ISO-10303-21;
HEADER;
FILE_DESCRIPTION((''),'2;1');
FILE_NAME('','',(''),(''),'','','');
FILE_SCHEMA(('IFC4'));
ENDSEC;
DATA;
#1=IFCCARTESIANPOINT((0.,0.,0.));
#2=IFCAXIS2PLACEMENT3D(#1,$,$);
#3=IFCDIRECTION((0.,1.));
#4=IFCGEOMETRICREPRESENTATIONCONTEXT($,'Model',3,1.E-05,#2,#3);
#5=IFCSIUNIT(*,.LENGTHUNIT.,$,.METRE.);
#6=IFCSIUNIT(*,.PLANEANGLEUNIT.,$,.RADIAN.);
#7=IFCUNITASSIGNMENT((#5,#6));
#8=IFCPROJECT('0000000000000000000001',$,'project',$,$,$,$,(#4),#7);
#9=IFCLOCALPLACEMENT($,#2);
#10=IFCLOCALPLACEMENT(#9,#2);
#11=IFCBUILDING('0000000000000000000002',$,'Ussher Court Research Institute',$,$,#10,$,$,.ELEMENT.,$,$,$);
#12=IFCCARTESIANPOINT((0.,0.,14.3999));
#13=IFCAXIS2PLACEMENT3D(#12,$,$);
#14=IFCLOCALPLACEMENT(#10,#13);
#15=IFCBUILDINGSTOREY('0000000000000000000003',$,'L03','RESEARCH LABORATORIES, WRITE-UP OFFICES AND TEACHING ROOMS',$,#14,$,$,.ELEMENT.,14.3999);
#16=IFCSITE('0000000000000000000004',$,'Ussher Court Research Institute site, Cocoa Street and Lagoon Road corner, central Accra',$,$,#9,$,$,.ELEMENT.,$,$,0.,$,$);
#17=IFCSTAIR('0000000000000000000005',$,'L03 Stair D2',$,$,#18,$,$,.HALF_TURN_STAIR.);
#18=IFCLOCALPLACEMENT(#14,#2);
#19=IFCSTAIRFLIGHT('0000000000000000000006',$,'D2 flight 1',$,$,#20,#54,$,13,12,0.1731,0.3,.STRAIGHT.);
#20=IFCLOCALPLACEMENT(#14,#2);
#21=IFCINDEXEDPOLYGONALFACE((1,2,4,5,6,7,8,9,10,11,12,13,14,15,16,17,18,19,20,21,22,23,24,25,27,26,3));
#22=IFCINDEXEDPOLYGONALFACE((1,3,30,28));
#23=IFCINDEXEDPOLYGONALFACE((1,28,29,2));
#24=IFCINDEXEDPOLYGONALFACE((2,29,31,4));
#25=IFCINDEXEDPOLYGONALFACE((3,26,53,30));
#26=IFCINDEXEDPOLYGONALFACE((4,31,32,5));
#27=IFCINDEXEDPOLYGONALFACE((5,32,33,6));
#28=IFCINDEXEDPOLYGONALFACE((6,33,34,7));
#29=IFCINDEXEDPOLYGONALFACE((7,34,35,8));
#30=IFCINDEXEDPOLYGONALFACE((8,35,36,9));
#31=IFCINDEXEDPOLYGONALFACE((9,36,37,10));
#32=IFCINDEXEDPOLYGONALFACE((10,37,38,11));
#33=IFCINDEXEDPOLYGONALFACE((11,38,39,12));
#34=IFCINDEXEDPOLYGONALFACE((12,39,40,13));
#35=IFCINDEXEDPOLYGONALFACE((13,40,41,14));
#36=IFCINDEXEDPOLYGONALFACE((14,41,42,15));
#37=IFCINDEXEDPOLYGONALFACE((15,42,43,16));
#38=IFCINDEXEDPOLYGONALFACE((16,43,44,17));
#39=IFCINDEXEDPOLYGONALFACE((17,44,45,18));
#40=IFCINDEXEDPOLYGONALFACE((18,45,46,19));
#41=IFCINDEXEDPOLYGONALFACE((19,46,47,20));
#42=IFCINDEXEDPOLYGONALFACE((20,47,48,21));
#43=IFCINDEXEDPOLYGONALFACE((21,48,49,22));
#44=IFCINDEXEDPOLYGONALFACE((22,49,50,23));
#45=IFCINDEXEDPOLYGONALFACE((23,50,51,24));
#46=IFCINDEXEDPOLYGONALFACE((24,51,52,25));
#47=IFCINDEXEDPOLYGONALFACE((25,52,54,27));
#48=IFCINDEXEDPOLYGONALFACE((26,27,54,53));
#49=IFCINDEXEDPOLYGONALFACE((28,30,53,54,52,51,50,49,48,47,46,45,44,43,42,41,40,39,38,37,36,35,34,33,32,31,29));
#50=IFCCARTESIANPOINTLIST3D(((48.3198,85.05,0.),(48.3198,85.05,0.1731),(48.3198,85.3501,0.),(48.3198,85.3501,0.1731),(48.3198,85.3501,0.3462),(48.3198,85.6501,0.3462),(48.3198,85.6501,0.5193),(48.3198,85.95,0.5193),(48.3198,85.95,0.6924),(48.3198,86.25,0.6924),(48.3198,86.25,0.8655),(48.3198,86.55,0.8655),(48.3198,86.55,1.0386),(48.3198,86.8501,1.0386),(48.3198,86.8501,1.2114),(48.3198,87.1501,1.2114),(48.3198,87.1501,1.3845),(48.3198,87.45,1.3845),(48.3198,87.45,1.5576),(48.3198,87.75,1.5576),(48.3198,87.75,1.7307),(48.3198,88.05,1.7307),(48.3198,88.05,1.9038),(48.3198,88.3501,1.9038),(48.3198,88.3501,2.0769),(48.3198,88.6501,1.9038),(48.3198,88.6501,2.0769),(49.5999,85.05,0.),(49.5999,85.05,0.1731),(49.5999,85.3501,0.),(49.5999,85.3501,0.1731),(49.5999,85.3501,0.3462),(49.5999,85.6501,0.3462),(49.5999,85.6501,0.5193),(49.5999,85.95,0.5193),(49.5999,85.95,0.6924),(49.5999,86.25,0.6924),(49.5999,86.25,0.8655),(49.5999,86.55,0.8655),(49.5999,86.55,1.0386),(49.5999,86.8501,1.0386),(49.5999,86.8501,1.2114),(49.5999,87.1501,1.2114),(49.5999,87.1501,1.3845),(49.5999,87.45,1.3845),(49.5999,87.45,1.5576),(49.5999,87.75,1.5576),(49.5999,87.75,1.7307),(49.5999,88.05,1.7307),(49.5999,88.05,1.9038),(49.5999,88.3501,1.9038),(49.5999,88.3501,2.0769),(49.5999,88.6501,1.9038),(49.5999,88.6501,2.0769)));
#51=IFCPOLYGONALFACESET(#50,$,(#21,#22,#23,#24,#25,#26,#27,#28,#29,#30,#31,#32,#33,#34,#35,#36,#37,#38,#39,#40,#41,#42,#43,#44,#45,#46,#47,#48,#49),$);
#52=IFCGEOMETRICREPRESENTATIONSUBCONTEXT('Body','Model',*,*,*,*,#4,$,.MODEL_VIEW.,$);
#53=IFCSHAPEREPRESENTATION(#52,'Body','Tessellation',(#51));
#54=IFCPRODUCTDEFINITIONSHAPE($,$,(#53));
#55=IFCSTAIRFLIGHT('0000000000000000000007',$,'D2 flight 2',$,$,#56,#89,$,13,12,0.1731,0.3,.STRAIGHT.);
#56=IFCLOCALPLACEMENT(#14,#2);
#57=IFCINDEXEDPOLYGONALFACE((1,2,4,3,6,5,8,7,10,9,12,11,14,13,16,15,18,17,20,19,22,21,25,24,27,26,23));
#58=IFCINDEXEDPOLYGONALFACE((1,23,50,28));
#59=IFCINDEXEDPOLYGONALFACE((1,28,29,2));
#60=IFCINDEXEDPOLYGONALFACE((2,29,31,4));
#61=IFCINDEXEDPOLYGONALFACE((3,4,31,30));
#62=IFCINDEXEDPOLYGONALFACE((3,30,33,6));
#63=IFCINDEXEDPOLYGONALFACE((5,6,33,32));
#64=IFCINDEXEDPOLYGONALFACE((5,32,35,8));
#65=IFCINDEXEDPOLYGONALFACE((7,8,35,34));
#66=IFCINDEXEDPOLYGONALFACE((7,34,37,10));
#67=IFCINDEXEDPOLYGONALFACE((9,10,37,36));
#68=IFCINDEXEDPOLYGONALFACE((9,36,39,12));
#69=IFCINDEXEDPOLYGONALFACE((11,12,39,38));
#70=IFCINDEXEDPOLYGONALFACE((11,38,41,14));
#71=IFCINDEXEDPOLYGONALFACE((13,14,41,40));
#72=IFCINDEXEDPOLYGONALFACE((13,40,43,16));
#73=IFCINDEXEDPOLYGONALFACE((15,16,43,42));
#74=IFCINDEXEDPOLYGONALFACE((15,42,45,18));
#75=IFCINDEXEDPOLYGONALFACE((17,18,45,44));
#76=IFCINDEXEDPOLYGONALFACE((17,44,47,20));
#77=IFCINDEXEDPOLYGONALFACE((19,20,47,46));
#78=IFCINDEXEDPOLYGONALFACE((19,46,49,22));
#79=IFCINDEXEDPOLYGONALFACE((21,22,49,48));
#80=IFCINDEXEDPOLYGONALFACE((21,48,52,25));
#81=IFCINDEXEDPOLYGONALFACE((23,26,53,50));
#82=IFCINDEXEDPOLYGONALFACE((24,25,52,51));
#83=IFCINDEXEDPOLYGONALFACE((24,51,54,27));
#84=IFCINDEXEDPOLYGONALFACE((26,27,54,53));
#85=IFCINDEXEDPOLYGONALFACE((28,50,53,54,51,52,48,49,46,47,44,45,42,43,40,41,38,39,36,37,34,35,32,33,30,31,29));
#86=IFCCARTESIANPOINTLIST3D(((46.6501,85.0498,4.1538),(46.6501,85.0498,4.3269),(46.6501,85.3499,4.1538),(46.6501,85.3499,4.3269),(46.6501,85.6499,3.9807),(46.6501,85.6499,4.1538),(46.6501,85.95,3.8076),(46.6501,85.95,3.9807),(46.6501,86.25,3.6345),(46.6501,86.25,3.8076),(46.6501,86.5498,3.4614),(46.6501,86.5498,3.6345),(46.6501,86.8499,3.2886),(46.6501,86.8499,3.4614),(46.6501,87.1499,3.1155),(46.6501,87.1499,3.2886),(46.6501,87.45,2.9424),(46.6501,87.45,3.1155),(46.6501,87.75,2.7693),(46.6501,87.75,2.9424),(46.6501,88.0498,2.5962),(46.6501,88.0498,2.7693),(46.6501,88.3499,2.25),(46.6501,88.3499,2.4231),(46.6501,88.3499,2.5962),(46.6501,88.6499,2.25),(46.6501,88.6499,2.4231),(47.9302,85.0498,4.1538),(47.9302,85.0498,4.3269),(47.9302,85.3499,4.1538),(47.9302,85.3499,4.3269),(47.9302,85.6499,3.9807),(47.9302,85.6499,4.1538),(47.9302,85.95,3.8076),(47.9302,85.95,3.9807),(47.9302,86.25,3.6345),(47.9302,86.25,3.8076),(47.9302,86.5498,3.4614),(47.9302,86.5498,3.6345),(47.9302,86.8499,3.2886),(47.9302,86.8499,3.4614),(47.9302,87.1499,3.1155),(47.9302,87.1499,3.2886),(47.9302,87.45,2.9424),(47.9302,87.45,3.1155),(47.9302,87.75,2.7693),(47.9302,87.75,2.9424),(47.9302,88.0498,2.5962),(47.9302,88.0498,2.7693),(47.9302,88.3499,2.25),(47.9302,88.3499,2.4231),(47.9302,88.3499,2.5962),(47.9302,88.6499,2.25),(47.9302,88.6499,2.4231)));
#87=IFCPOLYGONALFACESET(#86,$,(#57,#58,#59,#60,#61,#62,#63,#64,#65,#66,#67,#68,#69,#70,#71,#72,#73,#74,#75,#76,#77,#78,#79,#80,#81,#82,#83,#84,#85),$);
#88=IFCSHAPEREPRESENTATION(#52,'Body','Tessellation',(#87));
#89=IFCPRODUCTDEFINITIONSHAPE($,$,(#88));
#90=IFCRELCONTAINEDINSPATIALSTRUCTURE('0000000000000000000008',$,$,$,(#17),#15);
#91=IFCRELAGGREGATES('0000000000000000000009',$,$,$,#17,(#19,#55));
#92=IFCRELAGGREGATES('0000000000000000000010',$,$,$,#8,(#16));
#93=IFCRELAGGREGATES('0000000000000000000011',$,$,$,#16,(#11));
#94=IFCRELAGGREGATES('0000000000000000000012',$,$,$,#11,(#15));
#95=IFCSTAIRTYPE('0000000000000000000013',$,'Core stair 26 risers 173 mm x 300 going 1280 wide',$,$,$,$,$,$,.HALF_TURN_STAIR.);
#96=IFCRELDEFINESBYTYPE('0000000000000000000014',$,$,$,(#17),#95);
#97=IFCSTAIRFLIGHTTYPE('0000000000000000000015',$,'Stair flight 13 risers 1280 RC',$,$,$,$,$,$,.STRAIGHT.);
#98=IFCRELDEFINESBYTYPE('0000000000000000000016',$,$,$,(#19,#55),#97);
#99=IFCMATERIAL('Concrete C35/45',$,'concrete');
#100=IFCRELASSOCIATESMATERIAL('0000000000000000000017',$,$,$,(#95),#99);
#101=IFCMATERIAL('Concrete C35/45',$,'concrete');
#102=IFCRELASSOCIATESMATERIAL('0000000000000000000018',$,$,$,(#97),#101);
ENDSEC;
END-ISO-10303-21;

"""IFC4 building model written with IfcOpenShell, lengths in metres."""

from ifc_helpers import new_model, si_unit, direction, frame, origin, place, context, subcontext, project, spatial, polyline, outline, extrude, material, type_object, element, aggregate, save


model = new_model("IFC4")

# Units and contexts
model_context = context("Model", 3, precision=1e-05, world=origin(), true_north=direction((0.0, 1.0)))
body_context = subcontext(model_context, "Body", "Model", "MODEL_VIEW")
ifc_project = project(units=[si_unit("LENGTHUNIT", "METRE"), si_unit("PLANEANGLEUNIT", "RADIAN")], contexts=[model_context])

# Site, building, storey
site_placement = place(None, origin())
site = spatial("IfcSite", under=ifc_project, at=site_placement, Name="Ussher Court Research Institute site, Cocoa Street and Lagoon Road corner, central Accra", CompositionType="ELEMENT", RefElevation=0.0)
building_placement = place(site_placement, origin())
building = spatial("IfcBuilding", under=site, at=building_placement, Name="Ussher Court Research Institute", CompositionType="ELEMENT")
storey_placement = place(building_placement, frame((0.0, 0.0, 14.3999)))
storey = spatial("IfcBuildingStorey", under=building, at=storey_placement, Name="L03", Description="RESEARCH LABORATORIES, WRITE-UP OFFICES AND TEACHING ROOMS", CompositionType="ELEMENT", Elevation=14.3999)

# Stair, stair flights
ifc_material_1 = material(Name="Concrete C35/45", Category="concrete")
stair_type = type_object("IfcStairType", Name="Core stair 26 risers 173 mm x 300 going 1280 wide", PredefinedType="HALF_TURN_STAIR", material=ifc_material_1)
stair_placement = place(storey_placement, origin())
stair = element("IfcStair", 1, at=stair_placement, inside=storey, type_object=stair_type, Name="L03 Stair D2", PredefinedType="HALF_TURN_STAIR")
ifc_material_2 = material(Name="Concrete C35/45", Category="concrete")
stair_flight_type = type_object("IfcStairFlightType", Name="Stair flight 13 risers 1280 RC", PredefinedType="STRAIGHT", material=ifc_material_2)
stair_flight_1_placement = place(storey_placement, frame((48.96, 85.05, 0.0), z_axis=(0.0, 0.0, 1.0), x_axis=(0.0, 1.0, 0.0)))
stair_flight_1 = element("IfcStairFlight", 2, at=stair_flight_1_placement, type_object=stair_flight_type, Name="D2 flight 1", NumberOfRisers=13, NumberOfTreads=12, PredefinedType="STRAIGHT", RiserHeight=0.1731, TreadLength=0.3, context=body_context, shape_type="SweptSolid", body=[
    extrude(outline(polyline([(0.0, 0.0), (0.0, 0.1731), (0.3, 0.1731), (0.3, 0.3462), (0.6001, 0.3462), (0.6001, 0.5193), (0.8999, 0.5193), (0.8999, 0.6924), (1.2, 0.6924), (1.2, 0.8655), (1.5, 0.8655), (1.5, 1.0386), (1.8, 1.0386), (1.8, 1.2114), (2.1001, 1.2114), (2.1001, 1.3845), (2.3999, 1.3845), (2.3999, 1.5576), (2.7, 1.5576), (2.7, 1.7307), (3.0, 1.7307), (3.0, 1.9038), (3.3, 1.9038), (3.3, 2.0769), (3.6001, 2.0769), (3.6001, 2.25), (3.6001, 1.9038), (0.3, 0.0), (0.0, 0.0)])), frame((0.0, 0.6401, 0.0), z_axis=(0.0, -1.0, 0.0), x_axis=(1.0, 0.0, 0.0)), (0.0, 0.0, 1.0), 1.28),
])
stair_flight_2_placement = place(storey_placement, frame((47.29, 88.6499, 2.25), z_axis=(0.0, 0.0, 1.0), x_axis=(0.0, -1.0, 0.0)))
stair_flight_2 = element("IfcStairFlight", 3, at=stair_flight_2_placement, type_object=stair_flight_type, Name="D2 flight 2", NumberOfRisers=13, NumberOfTreads=12, PredefinedType="STRAIGHT", RiserHeight=0.1731, TreadLength=0.3, context=body_context, shape_type="SweptSolid", body=[
    extrude(outline(polyline([(0.0, 0.0), (0.0, 0.1731), (0.3, 0.1731), (0.3, 0.3462), (0.6001, 0.3462), (0.6001, 0.5193), (0.8999, 0.5193), (0.8999, 0.6924), (1.2, 0.6924), (1.2, 0.8655), (1.5, 0.8655), (1.5, 1.0386), (1.8, 1.0386), (1.8, 1.2114), (2.1001, 1.2114), (2.1001, 1.3845), (2.3999, 1.3845), (2.3999, 1.5576), (2.7, 1.5576), (2.7, 1.7307), (3.0, 1.7307), (3.0, 1.9038), (3.3, 1.9038), (3.3, 2.0769), (3.6001, 2.0769), (3.6001, 2.25), (3.6001, 1.9038), (0.3, 0.0), (0.0, 0.0)])), frame((0.0, 0.6401, 0.0), z_axis=(0.0, -1.0, 0.0), x_axis=(1.0, 0.0, 0.0)), (0.0, 0.0, 1.0), 1.28),
])
aggregate(stair, [stair_flight_1, stair_flight_2])

save(model, "model.ifc")
